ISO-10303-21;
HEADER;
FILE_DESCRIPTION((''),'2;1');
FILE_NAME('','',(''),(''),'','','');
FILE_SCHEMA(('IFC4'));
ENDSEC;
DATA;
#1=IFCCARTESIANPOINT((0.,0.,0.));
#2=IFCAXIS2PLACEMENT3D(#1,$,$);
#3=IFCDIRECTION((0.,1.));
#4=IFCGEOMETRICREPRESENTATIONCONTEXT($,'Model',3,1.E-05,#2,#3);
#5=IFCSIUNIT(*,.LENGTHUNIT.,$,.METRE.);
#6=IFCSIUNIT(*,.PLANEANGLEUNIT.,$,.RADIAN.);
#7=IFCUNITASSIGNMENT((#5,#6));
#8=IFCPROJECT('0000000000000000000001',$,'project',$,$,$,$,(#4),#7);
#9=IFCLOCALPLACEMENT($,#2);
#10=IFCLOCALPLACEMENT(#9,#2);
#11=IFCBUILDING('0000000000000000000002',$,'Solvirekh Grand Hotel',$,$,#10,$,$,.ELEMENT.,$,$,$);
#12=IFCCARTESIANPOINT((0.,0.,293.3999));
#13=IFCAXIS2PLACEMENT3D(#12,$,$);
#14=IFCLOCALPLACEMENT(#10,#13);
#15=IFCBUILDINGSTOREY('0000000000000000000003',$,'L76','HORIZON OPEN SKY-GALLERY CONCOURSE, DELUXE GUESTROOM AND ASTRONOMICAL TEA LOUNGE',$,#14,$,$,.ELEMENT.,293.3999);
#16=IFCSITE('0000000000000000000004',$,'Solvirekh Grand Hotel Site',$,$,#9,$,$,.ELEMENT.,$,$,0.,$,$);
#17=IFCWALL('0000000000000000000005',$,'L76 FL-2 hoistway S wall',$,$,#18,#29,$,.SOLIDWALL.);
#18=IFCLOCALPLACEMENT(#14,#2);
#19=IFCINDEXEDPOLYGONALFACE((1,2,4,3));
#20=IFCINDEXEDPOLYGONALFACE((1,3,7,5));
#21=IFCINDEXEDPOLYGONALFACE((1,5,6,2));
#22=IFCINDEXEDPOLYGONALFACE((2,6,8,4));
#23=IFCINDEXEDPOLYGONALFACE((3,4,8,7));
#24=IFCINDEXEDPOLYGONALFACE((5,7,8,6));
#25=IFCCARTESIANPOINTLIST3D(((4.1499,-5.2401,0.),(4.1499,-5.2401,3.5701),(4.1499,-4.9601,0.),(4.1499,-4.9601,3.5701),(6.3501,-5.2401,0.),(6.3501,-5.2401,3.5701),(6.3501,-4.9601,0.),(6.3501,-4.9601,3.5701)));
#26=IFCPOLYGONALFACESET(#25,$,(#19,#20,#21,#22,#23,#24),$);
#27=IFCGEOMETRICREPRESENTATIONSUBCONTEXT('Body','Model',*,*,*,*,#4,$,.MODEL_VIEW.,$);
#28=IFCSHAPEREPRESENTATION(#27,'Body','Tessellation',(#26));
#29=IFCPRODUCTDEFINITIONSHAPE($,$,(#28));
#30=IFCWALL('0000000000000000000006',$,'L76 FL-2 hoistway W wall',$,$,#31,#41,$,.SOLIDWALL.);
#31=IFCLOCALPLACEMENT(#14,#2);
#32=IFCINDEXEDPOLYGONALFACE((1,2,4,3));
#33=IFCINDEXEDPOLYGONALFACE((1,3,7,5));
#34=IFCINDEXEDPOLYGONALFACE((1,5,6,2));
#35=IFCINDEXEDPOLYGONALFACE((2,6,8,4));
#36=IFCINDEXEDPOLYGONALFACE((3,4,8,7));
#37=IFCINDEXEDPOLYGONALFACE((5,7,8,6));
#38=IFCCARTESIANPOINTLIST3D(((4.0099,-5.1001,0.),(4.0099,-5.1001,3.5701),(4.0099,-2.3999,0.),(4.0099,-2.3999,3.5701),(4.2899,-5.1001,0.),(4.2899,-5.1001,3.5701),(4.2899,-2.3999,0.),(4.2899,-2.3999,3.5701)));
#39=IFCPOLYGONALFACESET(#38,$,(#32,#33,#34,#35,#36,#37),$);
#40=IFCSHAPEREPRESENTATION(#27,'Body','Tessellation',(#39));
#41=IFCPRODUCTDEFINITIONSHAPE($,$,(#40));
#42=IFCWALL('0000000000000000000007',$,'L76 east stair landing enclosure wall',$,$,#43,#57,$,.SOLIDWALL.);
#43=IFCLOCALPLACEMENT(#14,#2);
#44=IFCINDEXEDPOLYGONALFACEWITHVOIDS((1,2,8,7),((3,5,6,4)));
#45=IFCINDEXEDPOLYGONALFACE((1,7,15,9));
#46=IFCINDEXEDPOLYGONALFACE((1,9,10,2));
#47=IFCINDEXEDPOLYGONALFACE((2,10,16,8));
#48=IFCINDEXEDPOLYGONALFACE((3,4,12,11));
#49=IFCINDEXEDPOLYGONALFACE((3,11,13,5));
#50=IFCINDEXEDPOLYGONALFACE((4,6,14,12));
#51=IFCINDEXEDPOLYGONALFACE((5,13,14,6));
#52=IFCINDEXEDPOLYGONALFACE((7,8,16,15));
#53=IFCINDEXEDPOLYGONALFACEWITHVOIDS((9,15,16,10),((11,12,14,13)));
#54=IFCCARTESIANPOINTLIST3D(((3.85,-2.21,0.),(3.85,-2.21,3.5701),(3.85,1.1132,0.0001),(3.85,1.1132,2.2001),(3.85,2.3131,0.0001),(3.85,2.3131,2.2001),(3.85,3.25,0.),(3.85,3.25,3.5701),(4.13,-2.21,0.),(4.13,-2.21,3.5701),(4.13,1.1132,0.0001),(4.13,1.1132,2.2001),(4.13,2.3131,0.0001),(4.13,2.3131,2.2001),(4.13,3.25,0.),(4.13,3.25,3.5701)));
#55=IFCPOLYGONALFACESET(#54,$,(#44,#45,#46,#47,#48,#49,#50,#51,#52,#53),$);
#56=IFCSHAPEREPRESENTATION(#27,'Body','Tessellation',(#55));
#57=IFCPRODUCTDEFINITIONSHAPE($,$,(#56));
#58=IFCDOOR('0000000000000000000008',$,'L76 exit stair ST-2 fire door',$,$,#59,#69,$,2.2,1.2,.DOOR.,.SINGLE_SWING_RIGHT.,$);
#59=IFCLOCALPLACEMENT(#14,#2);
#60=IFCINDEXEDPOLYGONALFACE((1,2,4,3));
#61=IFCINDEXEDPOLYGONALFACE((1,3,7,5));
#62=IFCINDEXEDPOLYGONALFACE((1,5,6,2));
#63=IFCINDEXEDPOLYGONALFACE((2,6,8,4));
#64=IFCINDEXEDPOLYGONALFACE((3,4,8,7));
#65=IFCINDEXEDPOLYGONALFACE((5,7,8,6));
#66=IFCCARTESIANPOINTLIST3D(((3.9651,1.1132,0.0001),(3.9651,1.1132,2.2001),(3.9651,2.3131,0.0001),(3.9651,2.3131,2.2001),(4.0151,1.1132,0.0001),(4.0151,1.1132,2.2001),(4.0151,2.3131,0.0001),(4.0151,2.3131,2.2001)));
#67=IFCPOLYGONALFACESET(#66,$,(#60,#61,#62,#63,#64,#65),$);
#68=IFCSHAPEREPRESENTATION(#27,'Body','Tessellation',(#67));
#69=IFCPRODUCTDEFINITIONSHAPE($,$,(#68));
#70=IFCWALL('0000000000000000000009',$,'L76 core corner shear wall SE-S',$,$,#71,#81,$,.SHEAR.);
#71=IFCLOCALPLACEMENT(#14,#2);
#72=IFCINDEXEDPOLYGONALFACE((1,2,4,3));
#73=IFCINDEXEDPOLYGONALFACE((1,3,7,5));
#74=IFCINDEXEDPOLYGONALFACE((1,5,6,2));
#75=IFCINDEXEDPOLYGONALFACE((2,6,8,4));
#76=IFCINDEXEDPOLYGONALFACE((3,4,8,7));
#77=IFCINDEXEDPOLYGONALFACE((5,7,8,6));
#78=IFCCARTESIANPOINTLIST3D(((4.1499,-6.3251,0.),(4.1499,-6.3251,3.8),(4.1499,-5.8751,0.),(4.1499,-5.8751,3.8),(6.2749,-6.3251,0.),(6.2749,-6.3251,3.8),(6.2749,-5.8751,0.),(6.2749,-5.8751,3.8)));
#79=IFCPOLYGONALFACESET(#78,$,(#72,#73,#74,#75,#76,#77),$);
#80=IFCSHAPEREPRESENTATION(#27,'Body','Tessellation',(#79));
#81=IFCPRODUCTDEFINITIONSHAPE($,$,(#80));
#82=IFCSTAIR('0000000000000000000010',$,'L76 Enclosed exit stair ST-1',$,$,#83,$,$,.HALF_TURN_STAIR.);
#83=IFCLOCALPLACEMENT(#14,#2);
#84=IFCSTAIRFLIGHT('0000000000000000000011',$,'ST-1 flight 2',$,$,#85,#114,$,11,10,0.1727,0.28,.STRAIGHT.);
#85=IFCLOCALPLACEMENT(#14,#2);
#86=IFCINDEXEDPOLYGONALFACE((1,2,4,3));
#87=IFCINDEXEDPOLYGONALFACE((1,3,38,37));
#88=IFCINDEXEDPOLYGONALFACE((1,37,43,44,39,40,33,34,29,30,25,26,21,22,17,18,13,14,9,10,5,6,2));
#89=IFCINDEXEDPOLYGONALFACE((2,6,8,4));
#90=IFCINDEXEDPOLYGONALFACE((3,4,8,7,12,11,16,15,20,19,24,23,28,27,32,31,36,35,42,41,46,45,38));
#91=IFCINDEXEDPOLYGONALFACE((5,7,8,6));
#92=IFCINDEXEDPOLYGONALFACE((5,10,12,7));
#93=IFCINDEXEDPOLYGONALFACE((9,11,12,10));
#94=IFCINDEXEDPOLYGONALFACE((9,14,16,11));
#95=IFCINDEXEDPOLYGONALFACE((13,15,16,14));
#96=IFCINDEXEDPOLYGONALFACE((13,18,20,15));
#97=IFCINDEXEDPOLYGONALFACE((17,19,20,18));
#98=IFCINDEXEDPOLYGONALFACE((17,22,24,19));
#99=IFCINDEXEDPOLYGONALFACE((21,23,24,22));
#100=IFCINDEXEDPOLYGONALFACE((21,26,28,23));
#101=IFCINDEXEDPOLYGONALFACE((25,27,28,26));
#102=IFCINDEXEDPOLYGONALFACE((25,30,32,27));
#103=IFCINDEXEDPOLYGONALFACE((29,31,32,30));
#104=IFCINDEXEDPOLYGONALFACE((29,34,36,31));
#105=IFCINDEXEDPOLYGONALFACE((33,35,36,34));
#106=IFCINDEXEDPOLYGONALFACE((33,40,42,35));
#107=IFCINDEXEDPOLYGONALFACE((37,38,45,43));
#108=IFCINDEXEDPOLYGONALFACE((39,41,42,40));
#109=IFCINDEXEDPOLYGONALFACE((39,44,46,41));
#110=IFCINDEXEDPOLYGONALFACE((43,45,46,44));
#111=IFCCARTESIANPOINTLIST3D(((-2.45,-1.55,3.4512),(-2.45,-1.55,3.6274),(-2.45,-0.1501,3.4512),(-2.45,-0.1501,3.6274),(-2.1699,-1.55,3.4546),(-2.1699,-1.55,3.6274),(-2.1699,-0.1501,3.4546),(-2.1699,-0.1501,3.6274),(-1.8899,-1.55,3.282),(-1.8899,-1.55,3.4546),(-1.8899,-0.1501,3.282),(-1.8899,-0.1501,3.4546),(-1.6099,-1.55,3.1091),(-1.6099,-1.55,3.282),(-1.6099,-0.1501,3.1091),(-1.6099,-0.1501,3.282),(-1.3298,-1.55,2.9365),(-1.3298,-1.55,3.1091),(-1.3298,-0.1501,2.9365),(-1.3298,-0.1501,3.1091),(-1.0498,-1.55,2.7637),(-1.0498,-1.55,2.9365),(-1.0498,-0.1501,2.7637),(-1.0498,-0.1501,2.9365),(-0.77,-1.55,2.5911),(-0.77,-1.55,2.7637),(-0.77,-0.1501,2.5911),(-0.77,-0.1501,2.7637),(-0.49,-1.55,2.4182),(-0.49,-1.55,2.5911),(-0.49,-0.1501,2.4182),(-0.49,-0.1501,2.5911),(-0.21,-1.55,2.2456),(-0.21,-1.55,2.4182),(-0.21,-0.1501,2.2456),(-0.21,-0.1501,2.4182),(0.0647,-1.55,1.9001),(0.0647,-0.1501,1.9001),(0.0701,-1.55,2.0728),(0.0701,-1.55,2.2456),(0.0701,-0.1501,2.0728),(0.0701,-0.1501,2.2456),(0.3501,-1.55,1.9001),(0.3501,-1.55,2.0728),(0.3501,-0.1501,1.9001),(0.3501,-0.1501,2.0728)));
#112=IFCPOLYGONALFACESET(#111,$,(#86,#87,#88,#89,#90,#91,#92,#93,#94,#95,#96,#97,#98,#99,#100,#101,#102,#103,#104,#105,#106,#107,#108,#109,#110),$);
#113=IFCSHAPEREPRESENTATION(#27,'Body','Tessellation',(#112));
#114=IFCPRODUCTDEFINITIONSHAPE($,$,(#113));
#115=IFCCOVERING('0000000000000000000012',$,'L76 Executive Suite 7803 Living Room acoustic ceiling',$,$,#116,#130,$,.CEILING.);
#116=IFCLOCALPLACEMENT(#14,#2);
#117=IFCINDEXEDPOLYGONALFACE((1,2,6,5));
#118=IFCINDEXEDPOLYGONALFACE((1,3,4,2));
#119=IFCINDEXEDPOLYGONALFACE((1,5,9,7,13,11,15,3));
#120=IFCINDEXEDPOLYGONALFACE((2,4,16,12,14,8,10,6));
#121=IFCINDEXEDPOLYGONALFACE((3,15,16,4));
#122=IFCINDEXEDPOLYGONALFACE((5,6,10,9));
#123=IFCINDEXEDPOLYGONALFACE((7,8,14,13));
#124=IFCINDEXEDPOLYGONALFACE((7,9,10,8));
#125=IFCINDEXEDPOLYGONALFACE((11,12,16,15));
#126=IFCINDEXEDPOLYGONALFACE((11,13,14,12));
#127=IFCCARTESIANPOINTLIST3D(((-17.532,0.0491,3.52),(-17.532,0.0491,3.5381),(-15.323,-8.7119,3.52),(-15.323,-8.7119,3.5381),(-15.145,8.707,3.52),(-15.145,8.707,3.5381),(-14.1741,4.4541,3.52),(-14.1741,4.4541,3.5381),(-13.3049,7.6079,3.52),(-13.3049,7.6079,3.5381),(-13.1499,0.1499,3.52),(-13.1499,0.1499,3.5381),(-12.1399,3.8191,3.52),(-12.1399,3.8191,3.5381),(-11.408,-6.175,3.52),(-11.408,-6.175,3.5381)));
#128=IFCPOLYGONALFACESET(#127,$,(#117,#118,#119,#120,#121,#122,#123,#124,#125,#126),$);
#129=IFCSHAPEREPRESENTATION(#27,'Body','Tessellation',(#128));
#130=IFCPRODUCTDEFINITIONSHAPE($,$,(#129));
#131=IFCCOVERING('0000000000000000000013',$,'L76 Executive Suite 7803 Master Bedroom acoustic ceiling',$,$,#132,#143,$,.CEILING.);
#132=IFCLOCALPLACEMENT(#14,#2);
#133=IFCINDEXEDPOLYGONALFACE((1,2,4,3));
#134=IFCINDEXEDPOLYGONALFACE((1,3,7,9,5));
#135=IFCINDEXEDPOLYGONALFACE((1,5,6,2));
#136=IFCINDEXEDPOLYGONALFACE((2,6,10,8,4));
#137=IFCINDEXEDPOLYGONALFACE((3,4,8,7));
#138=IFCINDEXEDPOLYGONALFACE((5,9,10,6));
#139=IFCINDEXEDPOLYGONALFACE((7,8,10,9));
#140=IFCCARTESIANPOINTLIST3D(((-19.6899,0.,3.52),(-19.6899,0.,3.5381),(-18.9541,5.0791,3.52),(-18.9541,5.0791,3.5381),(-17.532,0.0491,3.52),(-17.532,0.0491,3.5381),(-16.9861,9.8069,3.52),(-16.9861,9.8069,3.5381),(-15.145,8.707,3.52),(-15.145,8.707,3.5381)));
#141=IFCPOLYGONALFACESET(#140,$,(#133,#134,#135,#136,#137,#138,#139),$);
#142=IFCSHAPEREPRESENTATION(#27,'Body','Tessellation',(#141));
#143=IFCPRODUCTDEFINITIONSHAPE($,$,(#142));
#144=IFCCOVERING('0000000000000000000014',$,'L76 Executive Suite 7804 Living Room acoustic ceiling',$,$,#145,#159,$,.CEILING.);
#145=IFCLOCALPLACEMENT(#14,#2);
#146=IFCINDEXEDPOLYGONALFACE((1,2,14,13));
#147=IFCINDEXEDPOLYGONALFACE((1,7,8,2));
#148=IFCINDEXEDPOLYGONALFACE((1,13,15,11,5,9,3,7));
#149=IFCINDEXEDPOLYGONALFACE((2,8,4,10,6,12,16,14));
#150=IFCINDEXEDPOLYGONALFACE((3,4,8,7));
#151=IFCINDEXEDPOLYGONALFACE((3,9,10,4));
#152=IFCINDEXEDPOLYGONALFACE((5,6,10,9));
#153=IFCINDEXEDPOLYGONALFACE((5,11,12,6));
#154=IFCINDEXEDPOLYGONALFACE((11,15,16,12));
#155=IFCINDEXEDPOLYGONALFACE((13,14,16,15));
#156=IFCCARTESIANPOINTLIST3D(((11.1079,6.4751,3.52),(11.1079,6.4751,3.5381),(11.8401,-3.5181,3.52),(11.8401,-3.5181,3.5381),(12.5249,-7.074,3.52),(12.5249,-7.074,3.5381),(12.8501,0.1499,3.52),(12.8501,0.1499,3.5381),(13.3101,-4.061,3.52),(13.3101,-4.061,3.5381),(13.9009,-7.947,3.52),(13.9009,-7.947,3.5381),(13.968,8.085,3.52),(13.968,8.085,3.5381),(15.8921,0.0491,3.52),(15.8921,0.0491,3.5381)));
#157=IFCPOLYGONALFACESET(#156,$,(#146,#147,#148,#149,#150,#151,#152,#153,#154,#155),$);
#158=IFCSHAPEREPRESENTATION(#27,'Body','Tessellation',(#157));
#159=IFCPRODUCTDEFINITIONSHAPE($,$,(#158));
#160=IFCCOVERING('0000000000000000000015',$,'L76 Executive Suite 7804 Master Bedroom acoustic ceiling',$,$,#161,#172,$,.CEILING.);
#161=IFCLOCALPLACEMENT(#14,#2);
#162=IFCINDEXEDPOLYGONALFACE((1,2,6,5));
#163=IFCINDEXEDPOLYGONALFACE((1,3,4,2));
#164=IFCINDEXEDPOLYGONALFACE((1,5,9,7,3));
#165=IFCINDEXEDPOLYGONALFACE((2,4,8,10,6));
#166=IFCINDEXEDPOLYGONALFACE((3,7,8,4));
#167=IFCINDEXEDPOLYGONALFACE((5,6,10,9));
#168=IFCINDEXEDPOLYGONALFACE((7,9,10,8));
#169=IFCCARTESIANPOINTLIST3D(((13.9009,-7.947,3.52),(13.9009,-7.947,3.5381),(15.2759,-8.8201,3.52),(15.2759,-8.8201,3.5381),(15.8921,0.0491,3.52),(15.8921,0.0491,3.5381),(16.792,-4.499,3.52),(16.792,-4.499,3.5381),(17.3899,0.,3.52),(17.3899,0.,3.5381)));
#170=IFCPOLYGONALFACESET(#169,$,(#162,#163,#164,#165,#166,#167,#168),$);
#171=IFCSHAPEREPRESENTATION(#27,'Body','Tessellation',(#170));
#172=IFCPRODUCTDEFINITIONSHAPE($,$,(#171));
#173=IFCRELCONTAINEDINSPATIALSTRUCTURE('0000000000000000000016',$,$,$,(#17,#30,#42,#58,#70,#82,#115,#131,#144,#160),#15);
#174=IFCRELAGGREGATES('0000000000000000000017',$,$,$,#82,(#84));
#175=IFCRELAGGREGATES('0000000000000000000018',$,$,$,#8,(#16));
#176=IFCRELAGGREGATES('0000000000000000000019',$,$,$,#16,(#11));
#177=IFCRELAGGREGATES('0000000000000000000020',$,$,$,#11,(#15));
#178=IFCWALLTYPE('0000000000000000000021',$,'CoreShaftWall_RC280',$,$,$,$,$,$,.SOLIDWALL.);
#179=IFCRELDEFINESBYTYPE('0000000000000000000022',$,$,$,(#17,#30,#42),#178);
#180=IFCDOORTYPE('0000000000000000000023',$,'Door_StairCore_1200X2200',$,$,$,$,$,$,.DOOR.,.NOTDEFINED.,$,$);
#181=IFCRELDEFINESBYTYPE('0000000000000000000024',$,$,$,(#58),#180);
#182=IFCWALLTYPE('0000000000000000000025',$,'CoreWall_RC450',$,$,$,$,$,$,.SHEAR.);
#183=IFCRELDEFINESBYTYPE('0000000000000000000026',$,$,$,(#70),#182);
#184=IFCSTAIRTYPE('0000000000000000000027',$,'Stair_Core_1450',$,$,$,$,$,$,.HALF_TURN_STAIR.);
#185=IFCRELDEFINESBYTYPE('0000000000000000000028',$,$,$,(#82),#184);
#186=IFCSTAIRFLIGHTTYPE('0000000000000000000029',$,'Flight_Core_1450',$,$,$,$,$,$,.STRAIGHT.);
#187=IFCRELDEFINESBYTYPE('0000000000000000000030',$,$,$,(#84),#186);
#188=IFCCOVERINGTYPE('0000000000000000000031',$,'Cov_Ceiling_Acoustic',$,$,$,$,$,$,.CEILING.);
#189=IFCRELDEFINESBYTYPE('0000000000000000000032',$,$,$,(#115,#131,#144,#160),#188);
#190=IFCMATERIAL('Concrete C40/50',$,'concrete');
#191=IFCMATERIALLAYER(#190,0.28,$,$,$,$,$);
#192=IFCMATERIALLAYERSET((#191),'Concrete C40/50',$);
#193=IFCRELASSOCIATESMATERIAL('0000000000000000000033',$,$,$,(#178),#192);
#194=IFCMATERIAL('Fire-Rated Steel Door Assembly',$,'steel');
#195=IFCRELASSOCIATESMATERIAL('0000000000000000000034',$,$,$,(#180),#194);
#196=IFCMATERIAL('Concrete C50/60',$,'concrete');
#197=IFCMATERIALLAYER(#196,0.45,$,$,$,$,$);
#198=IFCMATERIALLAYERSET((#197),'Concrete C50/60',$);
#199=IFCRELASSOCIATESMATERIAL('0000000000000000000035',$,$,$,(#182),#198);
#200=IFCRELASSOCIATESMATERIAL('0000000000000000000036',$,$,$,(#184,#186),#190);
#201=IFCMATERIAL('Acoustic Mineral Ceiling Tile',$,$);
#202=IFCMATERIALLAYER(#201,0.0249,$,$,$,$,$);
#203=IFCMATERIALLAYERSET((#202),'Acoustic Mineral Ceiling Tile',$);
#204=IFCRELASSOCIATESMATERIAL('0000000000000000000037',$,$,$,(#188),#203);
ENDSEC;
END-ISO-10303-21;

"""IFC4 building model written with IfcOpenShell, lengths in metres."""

from ifc_helpers import new_model, si_unit, direction, frame, frame_2d, origin, place, context, subcontext, project, spatial, polyline, rectangle, outline, extrude, material, layer, layer_set, type_object, element, fill, aggregate, save


model = new_model("IFC4")

# Units and contexts
model_context = context("Model", 3, precision=1e-05, world=origin(), true_north=direction((0.0, 1.0)))
body_context = subcontext(model_context, "Body", "Model", "MODEL_VIEW")
ifc_project = project(units=[si_unit("LENGTHUNIT", "METRE"), si_unit("PLANEANGLEUNIT", "RADIAN")], contexts=[model_context])

# Site, building, storey
site_placement = place(None, origin())
site = spatial("IfcSite", under=ifc_project, at=site_placement, Name="Solvirekh Grand Hotel Site", CompositionType="ELEMENT", RefElevation=0.0)
building_placement = place(site_placement, origin())
building = spatial("IfcBuilding", under=site, at=building_placement, Name="Solvirekh Grand Hotel", CompositionType="ELEMENT")
storey_placement = place(building_placement, frame((0.0, 0.0, 293.3999)))
storey = spatial("IfcBuildingStorey", under=building, at=storey_placement, Name="L76", Description="HORIZON OPEN SKY-GALLERY CONCOURSE, DELUXE GUESTROOM AND ASTRONOMICAL TEA LOUNGE", CompositionType="ELEMENT", Elevation=293.3999)

# Walls
ifc_material_1 = material(Name="Concrete C40/50", Category="concrete")
ifc_layer_1 = layer(ifc_material_1, 0.28)
ifc_layer_set_1 = layer_set([ifc_layer_1], Name="Concrete C40/50")
wall_type_1 = type_object("IfcWallType", Name="CoreShaftWall_RC280", PredefinedType="SOLIDWALL", material=ifc_layer_set_1)
wall_1_placement = place(storey_placement, frame((4.1499, -5.1001, 0.0), z_axis=(0.0, 0.0, 1.0), x_axis=(1.0, 0.0, 0.0)))
element("IfcWall", 1, at=wall_1_placement, inside=storey, type_object=wall_type_1, Name="L76 FL-2 hoistway S wall", PredefinedType="SOLIDWALL", context=body_context, shape_type="SweptSolid", body=[
    extrude(rectangle(XDim=2.2002, YDim=0.28, at=frame_2d((1.1001, 0.0))), origin(), (0.0, 0.0, 1.0), 3.5701),
])
wall_2_placement = place(storey_placement, frame((4.1499, -2.3999, 0.0), z_axis=(0.0, 0.0, 1.0), x_axis=(0.0, -1.0, 0.0)))
element("IfcWall", 2, at=wall_2_placement, inside=storey, type_object=wall_type_1, Name="L76 FL-2 hoistway W wall", PredefinedType="SOLIDWALL", context=body_context, shape_type="SweptSolid", body=[
    extrude(rectangle(XDim=2.7002, YDim=0.28, at=frame_2d((1.3501, 0.0))), origin(), (0.0, 0.0, 1.0), 3.5701),
])

# Wall, opening, door
wall_3_placement = place(storey_placement, frame((3.99, -2.21, 0.0), z_axis=(0.0, 0.0, 1.0), x_axis=(0.0, 1.0, 0.0)))
wall_3 = element("IfcWall", 3, at=wall_3_placement, inside=storey, type_object=wall_type_1, Name="L76 east stair landing enclosure wall", PredefinedType="SOLIDWALL", context=body_context, shape_type="SweptSolid", body=[
    extrude(rectangle(XDim=5.46, YDim=0.28, at=frame_2d((2.73, 0.0))), origin(), (0.0, 0.0, 1.0), 3.5701),
])
opening_placement = place(wall_3_placement, frame((3.323, 0.0, 0.0)))
opening = element("IfcOpeningElement", 4, at=opening_placement, cuts=wall_3, PredefinedType="OPENING", context=body_context, shape_type="SweptSolid", body=[
    extrude(rectangle(XDim=1.2, YDim=2.2, at=frame_2d((0.6001, 1.1001))), frame((0.0, 0.1499, 0.0), z_axis=(0.0, -1.0, 0.0), x_axis=(1.0, 0.0, 0.0)), (0.0, 0.0, 1.0), 0.3),
])
ifc_material_2 = material(Name="Fire-Rated Steel Door Assembly", Category="steel")
door_type = type_object("IfcDoorType", Name="Door_StairCore_1200X2200", OperationType="NOTDEFINED", PredefinedType="DOOR", material=ifc_material_2)
door_placement = place(opening_placement, origin())
door = element("IfcDoor", 5, at=door_placement, inside=storey, type_object=door_type, Name="L76 exit stair ST-2 fire door", OperationType="SINGLE_SWING_RIGHT", OverallHeight=2.2, OverallWidth=1.2, PredefinedType="DOOR", context=body_context, shape_type="SweptSolid", body=[
    extrude(rectangle(XDim=1.2, YDim=2.2, at=frame_2d((0.6001, 1.1001))), frame((0.0, 0.0249, 0.0), z_axis=(0.0, -1.0, 0.0), x_axis=(1.0, 0.0, 0.0)), (0.0, 0.0, 1.0), 0.05),
])
fill(opening, door)

# Wall
ifc_material_3 = material(Name="Concrete C50/60", Category="concrete")
ifc_layer_2 = layer(ifc_material_3, 0.45)
ifc_layer_set_2 = layer_set([ifc_layer_2], Name="Concrete C50/60")
wall_type_2 = type_object("IfcWallType", Name="CoreWall_RC450", PredefinedType="SHEAR", material=ifc_layer_set_2)
wall_4_placement = place(storey_placement, frame((4.1499, -6.1001, 0.0), z_axis=(0.0, 0.0, 1.0), x_axis=(1.0, 0.0, 0.0)))
element("IfcWall", 6, at=wall_4_placement, inside=storey, type_object=wall_type_2, Name="L76 core corner shear wall SE-S", PredefinedType="SHEAR", context=body_context, shape_type="SweptSolid", body=[
    extrude(rectangle(XDim=2.125, YDim=0.45, at=frame_2d((1.0625, 0.0))), origin(), (0.0, 0.0, 1.0), 3.8),
])

# Stair, stair flight
stair_type = type_object("IfcStairType", Name="Stair_Core_1450", PredefinedType="HALF_TURN_STAIR", material=ifc_material_1)
stair_placement = place(storey_placement, origin())
stair = element("IfcStair", 7, at=stair_placement, inside=storey, type_object=stair_type, Name="L76 Enclosed exit stair ST-1", PredefinedType="HALF_TURN_STAIR")
stair_flight_type = type_object("IfcStairFlightType", Name="Flight_Core_1450", PredefinedType="STRAIGHT", material=ifc_material_1)
stair_flight_placement = place(storey_placement, frame((0.3501, -0.8501, 1.9001), z_axis=(0.0, 0.0, 1.0), x_axis=(-1.0, 0.0, 0.0)))
stair_flight = element("IfcStairFlight", 8, at=stair_flight_placement, type_object=stair_flight_type, Name="ST-1 flight 2", NumberOfRisers=11, NumberOfTreads=10, PredefinedType="STRAIGHT", RiserHeight=0.1727, TreadLength=0.28, context=body_context, shape_type="SweptSolid", body=[
    extrude(outline(polyline([(0.0, 0.0), (0.0, 0.1726), (0.28, 0.1726), (0.28, 0.3455), (0.5601, 0.3455), (0.5601, 0.5181), (0.8401, 0.5181), (0.8401, 0.6909), (1.1201, 0.6909), (1.1201, 0.8635), (1.3999, 0.8635), (1.3999, 1.0364), (1.6799, 1.0364), (1.6799, 1.209), (1.96, 1.209), (1.96, 1.3818), (2.24, 1.3818), (2.24, 1.5544), (2.52, 1.5544), (2.52, 1.7273), (2.8, 1.7273), (2.8, 1.8999), (2.8, 1.551), (0.2854, 0.0), (0.0, 0.0)])), frame((0.0, 0.7, 0.0), z_axis=(0.0, -1.0, 0.0), x_axis=(1.0, 0.0, 0.0)), (0.0, 0.0, 1.0), 1.3999),
])
aggregate(stair, [stair_flight])

# Coverings
ifc_material_4 = material(Name="Acoustic Mineral Ceiling Tile")
ifc_layer_3 = layer(ifc_material_4, 0.0249)
ifc_layer_set_3 = layer_set([ifc_layer_3], Name="Acoustic Mineral Ceiling Tile")
covering_type_1 = type_object("IfcCoveringType", Name="Cov_Ceiling_Acoustic", PredefinedType="CEILING", material=ifc_layer_set_3)
covering_1_placement = place(storey_placement, frame((0.0, 0.0, 3.52)))
element("IfcCovering", 9, at=covering_1_placement, inside=storey, type_object=covering_type_1, Name="L76 Executive Suite 7803 Living Room acoustic ceiling", PredefinedType="CEILING", context=body_context, shape_type="SweptSolid", body=[
    extrude(outline(polyline([(-14.1741, 4.4541), (-13.3049, 7.6079), (-15.145, 8.707), (-17.532, 0.0491), (-15.323, -8.7119), (-11.408, -6.175), (-13.1499, 0.1499), (-12.1399, 3.8191), (-14.1741, 4.4541)])), origin(), (0.0, 0.0, 1.0), 0.0181),
])
covering_2_placement = place(storey_placement, frame((0.0, 0.0, 3.52)))
element("IfcCovering", 10, at=covering_2_placement, inside=storey, type_object=covering_type_1, Name="L76 Executive Suite 7803 Master Bedroom acoustic ceiling", PredefinedType="CEILING", context=body_context, shape_type="SweptSolid", body=[
    extrude(outline(polyline([(-16.9861, 9.8069), (-18.9541, 5.0791), (-19.6899, 0.0), (-17.532, 0.0491), (-15.145, 8.707), (-16.9861, 9.8069)])), origin(), (0.0, 0.0, 1.0), 0.0181),
])
covering_3_placement = place(storey_placement, frame((0.0, 0.0, 3.52)))
element("IfcCovering", 11, at=covering_3_placement, inside=storey, type_object=covering_type_1, Name="L76 Executive Suite 7804 Living Room acoustic ceiling", PredefinedType="CEILING", context=body_context, shape_type="SweptSolid", body=[
    extrude(outline(polyline([(13.3101, -4.061), (12.5249, -7.074), (13.9009, -7.947), (15.8921, 0.0491), (13.968, 8.085), (11.1079, 6.4751), (12.8501, 0.1499), (11.8401, -3.5181), (13.3101, -4.061)])), origin(), (0.0, 0.0, 1.0), 0.0181),
])
covering_4_placement = place(storey_placement, frame((0.0, 0.0, 3.52)))
element("IfcCovering", 12, at=covering_4_placement, inside=storey, type_object=covering_type_1, Name="L76 Executive Suite 7804 Master Bedroom acoustic ceiling", PredefinedType="CEILING", context=body_context, shape_type="SweptSolid", body=[
    extrude(outline(polyline([(15.2759, -8.8201), (16.792, -4.499), (17.3899, 0.0), (15.8921, 0.0491), (13.9009, -7.947), (15.2759, -8.8201)])), origin(), (0.0, 0.0, 1.0), 0.0181),
])

save(model, "model.ifc")
